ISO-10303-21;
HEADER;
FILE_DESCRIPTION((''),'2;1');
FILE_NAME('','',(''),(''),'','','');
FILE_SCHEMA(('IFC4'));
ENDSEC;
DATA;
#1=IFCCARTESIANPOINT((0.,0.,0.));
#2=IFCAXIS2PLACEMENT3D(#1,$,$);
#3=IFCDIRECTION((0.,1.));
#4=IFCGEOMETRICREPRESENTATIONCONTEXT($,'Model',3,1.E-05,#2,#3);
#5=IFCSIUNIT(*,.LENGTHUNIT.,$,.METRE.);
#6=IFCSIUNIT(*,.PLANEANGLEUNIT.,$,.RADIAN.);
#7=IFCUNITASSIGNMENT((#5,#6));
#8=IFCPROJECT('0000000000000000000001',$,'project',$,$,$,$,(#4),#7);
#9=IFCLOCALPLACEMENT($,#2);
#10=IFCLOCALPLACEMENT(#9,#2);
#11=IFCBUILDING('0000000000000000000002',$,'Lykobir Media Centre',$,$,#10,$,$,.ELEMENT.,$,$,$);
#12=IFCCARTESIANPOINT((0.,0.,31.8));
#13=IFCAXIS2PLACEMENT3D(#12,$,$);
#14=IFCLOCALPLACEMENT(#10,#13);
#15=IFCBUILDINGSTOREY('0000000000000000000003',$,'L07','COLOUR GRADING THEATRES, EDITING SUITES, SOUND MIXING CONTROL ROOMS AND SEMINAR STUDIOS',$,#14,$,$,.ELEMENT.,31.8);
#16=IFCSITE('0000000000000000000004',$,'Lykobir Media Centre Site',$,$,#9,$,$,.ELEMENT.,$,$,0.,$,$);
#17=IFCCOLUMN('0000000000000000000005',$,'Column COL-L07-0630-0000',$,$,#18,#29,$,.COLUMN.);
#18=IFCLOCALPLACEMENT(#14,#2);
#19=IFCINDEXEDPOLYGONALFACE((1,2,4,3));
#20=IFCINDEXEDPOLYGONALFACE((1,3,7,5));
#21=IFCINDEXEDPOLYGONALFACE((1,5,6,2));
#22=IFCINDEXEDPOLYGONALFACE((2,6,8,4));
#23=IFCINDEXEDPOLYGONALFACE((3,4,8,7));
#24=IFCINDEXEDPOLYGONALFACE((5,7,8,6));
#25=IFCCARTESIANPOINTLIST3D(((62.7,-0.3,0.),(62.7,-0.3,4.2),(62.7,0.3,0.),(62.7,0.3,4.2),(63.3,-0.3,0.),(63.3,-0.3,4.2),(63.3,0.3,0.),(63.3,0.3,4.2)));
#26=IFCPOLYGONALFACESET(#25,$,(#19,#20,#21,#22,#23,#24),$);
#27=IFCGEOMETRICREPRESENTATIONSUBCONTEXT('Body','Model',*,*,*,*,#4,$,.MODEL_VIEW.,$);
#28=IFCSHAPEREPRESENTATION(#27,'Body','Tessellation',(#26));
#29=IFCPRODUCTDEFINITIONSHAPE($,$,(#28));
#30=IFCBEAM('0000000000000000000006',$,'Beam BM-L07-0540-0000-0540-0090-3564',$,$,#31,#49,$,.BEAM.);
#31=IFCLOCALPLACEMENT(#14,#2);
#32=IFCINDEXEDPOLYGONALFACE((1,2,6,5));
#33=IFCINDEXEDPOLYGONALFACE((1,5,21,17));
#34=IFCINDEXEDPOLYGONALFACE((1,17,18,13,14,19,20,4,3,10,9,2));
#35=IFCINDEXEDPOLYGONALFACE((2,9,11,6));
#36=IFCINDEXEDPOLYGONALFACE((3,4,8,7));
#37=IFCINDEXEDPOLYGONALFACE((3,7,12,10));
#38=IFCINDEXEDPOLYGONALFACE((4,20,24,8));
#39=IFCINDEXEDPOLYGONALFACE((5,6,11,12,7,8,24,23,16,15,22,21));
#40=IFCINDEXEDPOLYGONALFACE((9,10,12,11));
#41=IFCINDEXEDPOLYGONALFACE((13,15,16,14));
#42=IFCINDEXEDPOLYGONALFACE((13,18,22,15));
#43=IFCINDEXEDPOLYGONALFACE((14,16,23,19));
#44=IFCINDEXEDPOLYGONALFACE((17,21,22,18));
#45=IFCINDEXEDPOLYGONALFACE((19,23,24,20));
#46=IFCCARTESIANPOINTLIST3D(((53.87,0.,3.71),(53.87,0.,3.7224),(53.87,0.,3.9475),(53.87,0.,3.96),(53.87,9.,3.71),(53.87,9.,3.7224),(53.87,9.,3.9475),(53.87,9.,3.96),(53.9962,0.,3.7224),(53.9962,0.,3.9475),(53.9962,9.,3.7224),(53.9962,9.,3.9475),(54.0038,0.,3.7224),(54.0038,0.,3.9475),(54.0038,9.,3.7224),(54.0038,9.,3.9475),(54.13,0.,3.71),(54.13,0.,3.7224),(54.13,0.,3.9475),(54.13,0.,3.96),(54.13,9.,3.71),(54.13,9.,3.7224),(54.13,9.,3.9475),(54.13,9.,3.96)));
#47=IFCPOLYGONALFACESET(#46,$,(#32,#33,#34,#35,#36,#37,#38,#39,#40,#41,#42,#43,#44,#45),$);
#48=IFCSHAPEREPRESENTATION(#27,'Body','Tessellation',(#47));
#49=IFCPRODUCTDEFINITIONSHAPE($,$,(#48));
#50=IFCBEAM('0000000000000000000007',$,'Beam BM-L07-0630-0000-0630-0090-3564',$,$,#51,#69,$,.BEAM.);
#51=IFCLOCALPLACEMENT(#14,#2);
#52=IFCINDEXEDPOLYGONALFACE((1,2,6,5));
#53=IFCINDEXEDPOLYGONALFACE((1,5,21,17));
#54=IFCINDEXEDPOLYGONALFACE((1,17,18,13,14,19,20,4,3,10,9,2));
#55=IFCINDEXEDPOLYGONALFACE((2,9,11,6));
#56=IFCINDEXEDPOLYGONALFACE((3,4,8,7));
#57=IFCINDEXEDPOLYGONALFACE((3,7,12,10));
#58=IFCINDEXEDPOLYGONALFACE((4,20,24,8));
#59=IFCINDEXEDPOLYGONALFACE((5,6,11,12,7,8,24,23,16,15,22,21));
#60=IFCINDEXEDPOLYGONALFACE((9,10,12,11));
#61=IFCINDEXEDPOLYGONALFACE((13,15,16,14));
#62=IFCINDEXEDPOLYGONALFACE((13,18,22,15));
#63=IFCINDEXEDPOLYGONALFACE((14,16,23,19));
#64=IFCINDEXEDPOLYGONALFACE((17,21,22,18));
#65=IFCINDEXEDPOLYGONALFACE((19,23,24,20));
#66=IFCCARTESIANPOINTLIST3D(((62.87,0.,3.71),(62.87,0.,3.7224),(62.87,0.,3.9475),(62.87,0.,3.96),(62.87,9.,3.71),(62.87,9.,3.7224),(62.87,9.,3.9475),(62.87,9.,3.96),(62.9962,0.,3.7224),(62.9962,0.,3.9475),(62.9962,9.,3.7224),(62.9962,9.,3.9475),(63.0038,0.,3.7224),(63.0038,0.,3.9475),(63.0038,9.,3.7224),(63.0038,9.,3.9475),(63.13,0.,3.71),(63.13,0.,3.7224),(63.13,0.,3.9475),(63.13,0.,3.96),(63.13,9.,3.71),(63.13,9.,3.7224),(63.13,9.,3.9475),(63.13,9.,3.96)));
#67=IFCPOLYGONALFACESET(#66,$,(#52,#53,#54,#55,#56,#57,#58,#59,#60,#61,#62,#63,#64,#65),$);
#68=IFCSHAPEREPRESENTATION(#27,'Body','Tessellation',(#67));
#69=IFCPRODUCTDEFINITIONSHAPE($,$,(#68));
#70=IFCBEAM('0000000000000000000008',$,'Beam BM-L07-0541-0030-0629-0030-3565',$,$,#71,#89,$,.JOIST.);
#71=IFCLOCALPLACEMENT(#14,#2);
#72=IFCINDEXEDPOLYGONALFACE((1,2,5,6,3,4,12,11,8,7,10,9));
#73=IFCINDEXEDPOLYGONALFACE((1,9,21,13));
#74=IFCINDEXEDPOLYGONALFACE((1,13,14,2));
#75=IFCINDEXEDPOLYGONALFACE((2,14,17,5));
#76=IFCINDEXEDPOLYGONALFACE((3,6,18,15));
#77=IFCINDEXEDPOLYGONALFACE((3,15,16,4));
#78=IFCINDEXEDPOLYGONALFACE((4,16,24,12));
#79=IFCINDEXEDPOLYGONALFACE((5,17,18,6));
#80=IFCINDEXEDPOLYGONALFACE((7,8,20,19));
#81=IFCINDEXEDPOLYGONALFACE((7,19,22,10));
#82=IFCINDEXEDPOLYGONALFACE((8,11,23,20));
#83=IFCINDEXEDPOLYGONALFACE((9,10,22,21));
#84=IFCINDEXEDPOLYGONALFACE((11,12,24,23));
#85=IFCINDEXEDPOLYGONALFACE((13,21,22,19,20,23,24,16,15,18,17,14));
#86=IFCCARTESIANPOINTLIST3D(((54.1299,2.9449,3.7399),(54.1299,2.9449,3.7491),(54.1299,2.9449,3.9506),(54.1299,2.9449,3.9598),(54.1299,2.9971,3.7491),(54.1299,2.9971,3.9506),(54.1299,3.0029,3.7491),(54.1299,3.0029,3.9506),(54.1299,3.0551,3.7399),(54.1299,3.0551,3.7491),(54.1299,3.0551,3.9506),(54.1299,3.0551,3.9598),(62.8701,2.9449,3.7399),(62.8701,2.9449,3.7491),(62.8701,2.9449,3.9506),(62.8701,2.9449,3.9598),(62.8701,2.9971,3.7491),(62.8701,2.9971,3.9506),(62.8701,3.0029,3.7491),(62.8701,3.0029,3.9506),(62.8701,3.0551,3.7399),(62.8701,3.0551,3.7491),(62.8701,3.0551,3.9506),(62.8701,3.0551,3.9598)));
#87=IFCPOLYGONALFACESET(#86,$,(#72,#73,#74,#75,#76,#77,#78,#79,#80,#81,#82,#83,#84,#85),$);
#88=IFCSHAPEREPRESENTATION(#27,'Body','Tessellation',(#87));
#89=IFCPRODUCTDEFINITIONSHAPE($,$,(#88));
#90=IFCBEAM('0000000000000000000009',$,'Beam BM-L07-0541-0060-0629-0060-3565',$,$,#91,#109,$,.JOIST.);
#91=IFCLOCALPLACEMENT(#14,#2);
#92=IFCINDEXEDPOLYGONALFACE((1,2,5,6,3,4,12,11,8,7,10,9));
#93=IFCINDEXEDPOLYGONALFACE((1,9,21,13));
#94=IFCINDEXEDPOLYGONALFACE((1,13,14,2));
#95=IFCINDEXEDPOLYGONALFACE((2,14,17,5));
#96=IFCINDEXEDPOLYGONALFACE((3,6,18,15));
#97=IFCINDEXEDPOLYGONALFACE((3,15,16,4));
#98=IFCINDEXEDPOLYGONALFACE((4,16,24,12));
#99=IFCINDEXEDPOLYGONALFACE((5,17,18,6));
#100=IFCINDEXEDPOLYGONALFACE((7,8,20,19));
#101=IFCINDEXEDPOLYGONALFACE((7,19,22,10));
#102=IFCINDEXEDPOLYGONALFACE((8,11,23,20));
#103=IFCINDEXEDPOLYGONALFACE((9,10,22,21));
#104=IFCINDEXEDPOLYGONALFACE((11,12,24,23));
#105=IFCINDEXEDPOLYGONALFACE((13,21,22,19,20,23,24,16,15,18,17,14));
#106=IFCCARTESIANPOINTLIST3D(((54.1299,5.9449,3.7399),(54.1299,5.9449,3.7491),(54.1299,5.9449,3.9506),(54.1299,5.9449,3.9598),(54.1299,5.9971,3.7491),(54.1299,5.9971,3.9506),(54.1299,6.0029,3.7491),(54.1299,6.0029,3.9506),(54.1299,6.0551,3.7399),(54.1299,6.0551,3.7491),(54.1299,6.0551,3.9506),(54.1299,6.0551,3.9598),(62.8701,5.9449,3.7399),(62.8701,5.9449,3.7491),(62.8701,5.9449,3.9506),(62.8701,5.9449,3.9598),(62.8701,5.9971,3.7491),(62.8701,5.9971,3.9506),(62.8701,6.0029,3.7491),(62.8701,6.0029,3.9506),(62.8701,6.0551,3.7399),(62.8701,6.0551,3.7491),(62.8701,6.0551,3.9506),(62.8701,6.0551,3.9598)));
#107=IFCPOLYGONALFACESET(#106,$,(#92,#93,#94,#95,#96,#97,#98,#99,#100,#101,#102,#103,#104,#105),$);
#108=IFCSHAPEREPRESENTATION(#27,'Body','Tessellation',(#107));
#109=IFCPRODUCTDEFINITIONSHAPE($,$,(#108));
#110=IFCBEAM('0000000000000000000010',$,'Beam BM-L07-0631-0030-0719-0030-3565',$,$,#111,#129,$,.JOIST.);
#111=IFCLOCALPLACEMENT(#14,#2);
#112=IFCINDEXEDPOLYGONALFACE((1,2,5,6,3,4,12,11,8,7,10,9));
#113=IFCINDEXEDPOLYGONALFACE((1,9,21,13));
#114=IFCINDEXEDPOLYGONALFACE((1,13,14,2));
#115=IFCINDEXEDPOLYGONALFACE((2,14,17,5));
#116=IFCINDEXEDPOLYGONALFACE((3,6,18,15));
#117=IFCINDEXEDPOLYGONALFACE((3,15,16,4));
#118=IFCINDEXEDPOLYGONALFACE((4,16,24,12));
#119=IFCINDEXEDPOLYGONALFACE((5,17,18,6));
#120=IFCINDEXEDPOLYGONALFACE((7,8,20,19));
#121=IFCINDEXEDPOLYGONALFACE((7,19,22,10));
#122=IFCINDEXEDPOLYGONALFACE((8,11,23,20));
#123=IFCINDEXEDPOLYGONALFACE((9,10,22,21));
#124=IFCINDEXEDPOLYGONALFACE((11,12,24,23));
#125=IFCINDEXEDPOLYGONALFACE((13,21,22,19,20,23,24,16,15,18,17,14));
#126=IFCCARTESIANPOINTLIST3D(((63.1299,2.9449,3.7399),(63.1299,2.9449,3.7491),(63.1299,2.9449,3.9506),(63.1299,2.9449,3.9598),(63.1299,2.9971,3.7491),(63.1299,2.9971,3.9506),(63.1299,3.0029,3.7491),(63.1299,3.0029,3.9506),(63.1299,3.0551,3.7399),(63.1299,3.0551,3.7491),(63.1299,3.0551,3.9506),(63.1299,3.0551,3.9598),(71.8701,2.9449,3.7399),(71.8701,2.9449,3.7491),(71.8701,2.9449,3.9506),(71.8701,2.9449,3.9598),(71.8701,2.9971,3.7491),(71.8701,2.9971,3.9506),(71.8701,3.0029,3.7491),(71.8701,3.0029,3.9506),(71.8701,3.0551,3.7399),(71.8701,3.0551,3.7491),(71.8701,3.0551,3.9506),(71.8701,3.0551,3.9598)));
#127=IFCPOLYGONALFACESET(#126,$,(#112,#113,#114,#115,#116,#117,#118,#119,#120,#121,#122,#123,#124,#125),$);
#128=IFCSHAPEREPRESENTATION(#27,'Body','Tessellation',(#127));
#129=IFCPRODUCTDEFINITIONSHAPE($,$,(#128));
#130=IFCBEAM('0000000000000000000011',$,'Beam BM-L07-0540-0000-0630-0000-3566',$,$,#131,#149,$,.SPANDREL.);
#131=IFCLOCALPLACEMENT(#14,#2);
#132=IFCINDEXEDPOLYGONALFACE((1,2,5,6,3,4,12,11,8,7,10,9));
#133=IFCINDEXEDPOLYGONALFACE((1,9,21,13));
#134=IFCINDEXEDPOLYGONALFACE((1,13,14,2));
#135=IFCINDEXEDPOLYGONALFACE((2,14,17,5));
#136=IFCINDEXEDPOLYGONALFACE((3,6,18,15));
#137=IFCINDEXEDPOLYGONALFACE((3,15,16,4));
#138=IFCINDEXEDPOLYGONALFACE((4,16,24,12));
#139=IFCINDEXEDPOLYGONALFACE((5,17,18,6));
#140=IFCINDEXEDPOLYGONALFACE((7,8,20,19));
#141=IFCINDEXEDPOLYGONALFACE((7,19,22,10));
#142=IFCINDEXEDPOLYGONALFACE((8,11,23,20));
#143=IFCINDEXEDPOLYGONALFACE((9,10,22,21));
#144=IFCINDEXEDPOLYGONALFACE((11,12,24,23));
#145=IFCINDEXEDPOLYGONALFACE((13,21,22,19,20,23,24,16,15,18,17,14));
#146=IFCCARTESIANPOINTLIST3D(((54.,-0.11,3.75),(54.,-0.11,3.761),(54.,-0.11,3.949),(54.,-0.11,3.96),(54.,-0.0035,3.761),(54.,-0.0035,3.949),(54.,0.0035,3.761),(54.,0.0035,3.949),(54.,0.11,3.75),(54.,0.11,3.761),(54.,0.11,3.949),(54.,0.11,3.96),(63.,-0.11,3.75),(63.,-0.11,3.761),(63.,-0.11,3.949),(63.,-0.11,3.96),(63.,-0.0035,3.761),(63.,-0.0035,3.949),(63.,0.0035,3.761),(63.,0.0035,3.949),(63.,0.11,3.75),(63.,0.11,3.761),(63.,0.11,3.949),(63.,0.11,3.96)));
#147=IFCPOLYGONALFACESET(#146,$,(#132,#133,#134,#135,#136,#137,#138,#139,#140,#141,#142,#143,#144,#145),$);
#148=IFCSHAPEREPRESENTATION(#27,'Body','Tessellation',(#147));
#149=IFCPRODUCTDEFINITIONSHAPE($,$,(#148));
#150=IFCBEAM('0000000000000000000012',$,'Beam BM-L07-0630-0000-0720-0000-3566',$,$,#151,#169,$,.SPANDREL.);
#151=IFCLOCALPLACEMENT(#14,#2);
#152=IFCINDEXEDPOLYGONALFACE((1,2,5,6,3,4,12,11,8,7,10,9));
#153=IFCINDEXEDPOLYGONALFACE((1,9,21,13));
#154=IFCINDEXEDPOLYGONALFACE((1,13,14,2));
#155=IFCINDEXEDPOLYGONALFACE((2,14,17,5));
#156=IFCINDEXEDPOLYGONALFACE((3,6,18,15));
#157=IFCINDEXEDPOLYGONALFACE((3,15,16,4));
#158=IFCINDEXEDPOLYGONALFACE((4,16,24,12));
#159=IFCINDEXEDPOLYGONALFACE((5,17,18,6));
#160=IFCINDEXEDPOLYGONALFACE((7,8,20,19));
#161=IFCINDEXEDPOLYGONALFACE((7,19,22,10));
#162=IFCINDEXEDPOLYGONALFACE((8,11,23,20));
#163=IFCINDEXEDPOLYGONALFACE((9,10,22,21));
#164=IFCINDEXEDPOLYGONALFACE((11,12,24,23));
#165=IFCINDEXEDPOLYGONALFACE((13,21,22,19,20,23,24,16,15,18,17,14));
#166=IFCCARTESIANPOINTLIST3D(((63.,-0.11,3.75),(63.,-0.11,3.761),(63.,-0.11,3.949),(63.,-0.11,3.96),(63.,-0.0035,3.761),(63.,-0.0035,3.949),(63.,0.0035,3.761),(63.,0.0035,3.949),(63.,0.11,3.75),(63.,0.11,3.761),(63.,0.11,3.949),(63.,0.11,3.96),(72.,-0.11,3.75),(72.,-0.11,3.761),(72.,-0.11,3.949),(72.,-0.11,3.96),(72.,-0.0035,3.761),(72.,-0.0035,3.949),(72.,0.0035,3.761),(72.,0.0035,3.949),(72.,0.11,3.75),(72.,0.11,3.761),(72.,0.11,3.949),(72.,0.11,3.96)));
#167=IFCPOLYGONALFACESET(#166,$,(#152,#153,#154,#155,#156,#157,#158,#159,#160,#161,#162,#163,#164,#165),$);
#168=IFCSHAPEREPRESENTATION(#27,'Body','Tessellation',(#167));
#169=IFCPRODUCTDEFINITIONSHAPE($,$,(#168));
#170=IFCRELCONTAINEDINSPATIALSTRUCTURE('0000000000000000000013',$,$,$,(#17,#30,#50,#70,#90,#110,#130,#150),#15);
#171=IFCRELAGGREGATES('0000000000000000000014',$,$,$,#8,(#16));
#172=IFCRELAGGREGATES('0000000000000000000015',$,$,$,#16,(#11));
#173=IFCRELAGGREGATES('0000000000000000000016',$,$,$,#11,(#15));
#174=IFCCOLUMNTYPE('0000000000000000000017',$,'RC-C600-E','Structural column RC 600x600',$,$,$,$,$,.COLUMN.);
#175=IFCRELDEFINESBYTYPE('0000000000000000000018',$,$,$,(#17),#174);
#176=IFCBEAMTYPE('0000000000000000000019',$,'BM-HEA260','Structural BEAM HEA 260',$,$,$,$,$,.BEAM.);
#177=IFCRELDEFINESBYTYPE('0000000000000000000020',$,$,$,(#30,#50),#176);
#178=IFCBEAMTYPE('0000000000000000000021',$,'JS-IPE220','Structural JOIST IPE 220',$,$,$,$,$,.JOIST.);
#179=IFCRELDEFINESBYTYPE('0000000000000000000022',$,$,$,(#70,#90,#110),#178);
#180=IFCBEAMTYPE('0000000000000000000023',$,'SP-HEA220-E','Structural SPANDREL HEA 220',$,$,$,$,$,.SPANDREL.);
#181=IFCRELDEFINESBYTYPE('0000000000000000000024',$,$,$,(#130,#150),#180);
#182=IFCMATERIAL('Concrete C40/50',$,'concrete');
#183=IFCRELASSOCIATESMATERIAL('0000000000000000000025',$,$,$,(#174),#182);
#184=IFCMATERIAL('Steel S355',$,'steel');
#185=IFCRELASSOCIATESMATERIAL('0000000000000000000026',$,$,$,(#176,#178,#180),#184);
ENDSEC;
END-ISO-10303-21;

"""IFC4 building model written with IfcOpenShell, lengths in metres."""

from ifc_helpers import new_model, si_unit, direction, frame, origin, origin_2d, place, context, subcontext, project, spatial, rectangle, i_section, extrude, material, material_profile, profile_set, type_object, element, save


model = new_model("IFC4")

# Units and contexts
model_context = context("Model", 3, precision=1e-05, world=origin(), true_north=direction((0.0, 1.0)))
body_context = subcontext(model_context, "Body", "Model", "MODEL_VIEW")
ifc_project = project(units=[si_unit("LENGTHUNIT", "METRE"), si_unit("PLANEANGLEUNIT", "RADIAN")], contexts=[model_context])

# Site, building, storey
site_placement = place(None, origin())
site = spatial("IfcSite", under=ifc_project, at=site_placement, Name="Lykobir Media Centre Site", CompositionType="ELEMENT", RefElevation=0.0)
building_placement = place(site_placement, origin())
building = spatial("IfcBuilding", under=site, at=building_placement, Name="Lykobir Media Centre", CompositionType="ELEMENT")
storey_placement = place(building_placement, frame((0.0, 0.0, 31.8)))
storey = spatial("IfcBuildingStorey", under=building, at=storey_placement, Name="L07", Description="COLOUR GRADING THEATRES, EDITING SUITES, SOUND MIXING CONTROL ROOMS AND SEMINAR STUDIOS", CompositionType="ELEMENT", Elevation=31.8)

# Column
ifc_material_1 = material(Name="Concrete C40/50", Category="concrete")
ifc_material_profile_1 = material_profile(ifc_material_1, rectangle(XDim=0.6001, YDim=0.6001, at=origin_2d()), Name="RC 600x600")
ifc_profile_set_1 = profile_set([ifc_material_profile_1], Name="Concrete C40/50")
column_type = type_object("IfcColumnType", Name="RC-C600-E", Description="Structural column RC 600x600", PredefinedType="COLUMN", material=ifc_profile_set_1)
column_placement = place(storey_placement, frame((63.0, 0.0, 0.0), z_axis=(0.0, 0.0, 1.0), x_axis=(1.0, 0.0, 0.0)))
element("IfcColumn", 1, at=column_placement, inside=storey, type_object=column_type, Name="Column COL-L07-0630-0000", PredefinedType="COLUMN", context=body_context, shape_type="SweptSolid", body=[
    extrude(rectangle(XDim=0.6001, YDim=0.6001, at=origin_2d()), origin(), (0.0, 0.0, 1.0), 4.2),
])

# Beams
ifc_material_2 = material(Name="Steel S355", Category="steel")
ifc_material_profile_2 = material_profile(ifc_material_2, i_section(OverallWidth=0.26, OverallDepth=0.25, WebThickness=0.0076, FlangeThickness=0.0125, at=origin_2d()), Name="HEA 260")
ifc_profile_set_2 = profile_set([ifc_material_profile_2], Name="Steel S355")
beam_type_1 = type_object("IfcBeamType", Name="BM-HEA260", Description="Structural BEAM HEA 260", PredefinedType="BEAM", material=ifc_profile_set_2)
for number, where, z_axis, x_axis, name in (
    (2, (54.0, 0.0, 3.835), (0.0, 1.0, 0.0), (-1.0, 0.0, 0.0), "Beam BM-L07-0540-0000-0540-0090-3564"),
    (3, (63.0, 0.0, 3.835), (0.0, 1.0, 0.0), (-1.0, 0.0, 0.0), "Beam BM-L07-0630-0000-0630-0090-3564"),
):
    element("IfcBeam", number, at=place(storey_placement, frame(where, z_axis=z_axis, x_axis=x_axis)), inside=storey, type_object=beam_type_1, Name=name, PredefinedType="BEAM", context=body_context, shape_type="SweptSolid", body=[
        extrude(i_section(OverallWidth=0.26, OverallDepth=0.25, WebThickness=0.0076, FlangeThickness=0.0125, at=origin_2d()), origin(), (0.0, 0.0, 1.0), 9.0),
    ])
ifc_material_profile_3 = material_profile(ifc_material_2, i_section(OverallWidth=0.1101, OverallDepth=0.22, WebThickness=0.0059, FlangeThickness=0.0093, at=origin_2d()), Name="IPE 220")
ifc_profile_set_3 = profile_set([ifc_material_profile_3], Name="Steel S355")
beam_type_2 = type_object("IfcBeamType", Name="JS-IPE220", Description="Structural JOIST IPE 220", PredefinedType="JOIST", material=ifc_profile_set_3)
for number, where, z_axis, x_axis, name in (
    (4, (54.1299, 3.0, 3.8499), (1.0, 0.0, 0.0), (0.0, 1.0, 0.0), "Beam BM-L07-0541-0030-0629-0030-3565"),
    (5, (54.1299, 6.0, 3.8499), (1.0, 0.0, 0.0), (0.0, 1.0, 0.0), "Beam BM-L07-0541-0060-0629-0060-3565"),
    (6, (63.1299, 3.0, 3.8499), (1.0, 0.0, 0.0), (0.0, 1.0, 0.0), "Beam BM-L07-0631-0030-0719-0030-3565"),
):
    element("IfcBeam", number, at=place(storey_placement, frame(where, z_axis=z_axis, x_axis=x_axis)), inside=storey, type_object=beam_type_2, Name=name, PredefinedType="JOIST", context=body_context, shape_type="SweptSolid", body=[
        extrude(i_section(OverallWidth=0.1101, OverallDepth=0.22, WebThickness=0.0059, FlangeThickness=0.0093, at=origin_2d()), origin(), (0.0, 0.0, 1.0), 8.7402),
    ])
ifc_material_profile_4 = material_profile(ifc_material_2, i_section(OverallWidth=0.22, OverallDepth=0.21, WebThickness=0.0071, FlangeThickness=0.011, at=origin_2d()), Name="HEA 220")
ifc_profile_set_4 = profile_set([ifc_material_profile_4], Name="Steel S355")
beam_type_3 = type_object("IfcBeamType", Name="SP-HEA220-E", Description="Structural SPANDREL HEA 220", PredefinedType="SPANDREL", material=ifc_profile_set_4)
for number, where, z_axis, x_axis, name in (
    (7, (54.0, 0.0, 3.855), (1.0, 0.0, 0.0), (0.0, 1.0, 0.0), "Beam BM-L07-0540-0000-0630-0000-3566"),
    (8, (63.0, 0.0, 3.855), (1.0, 0.0, 0.0), (0.0, 1.0, 0.0), "Beam BM-L07-0630-0000-0720-0000-3566"),
):
    element("IfcBeam", number, at=place(storey_placement, frame(where, z_axis=z_axis, x_axis=x_axis)), inside=storey, type_object=beam_type_3, Name=name, PredefinedType="SPANDREL", context=body_context, shape_type="SweptSolid", body=[
        extrude(i_section(OverallWidth=0.22, OverallDepth=0.21, WebThickness=0.0071, FlangeThickness=0.011, at=origin_2d()), origin(), (0.0, 0.0, 1.0), 9.0),
    ])

save(model, "model.ifc")
